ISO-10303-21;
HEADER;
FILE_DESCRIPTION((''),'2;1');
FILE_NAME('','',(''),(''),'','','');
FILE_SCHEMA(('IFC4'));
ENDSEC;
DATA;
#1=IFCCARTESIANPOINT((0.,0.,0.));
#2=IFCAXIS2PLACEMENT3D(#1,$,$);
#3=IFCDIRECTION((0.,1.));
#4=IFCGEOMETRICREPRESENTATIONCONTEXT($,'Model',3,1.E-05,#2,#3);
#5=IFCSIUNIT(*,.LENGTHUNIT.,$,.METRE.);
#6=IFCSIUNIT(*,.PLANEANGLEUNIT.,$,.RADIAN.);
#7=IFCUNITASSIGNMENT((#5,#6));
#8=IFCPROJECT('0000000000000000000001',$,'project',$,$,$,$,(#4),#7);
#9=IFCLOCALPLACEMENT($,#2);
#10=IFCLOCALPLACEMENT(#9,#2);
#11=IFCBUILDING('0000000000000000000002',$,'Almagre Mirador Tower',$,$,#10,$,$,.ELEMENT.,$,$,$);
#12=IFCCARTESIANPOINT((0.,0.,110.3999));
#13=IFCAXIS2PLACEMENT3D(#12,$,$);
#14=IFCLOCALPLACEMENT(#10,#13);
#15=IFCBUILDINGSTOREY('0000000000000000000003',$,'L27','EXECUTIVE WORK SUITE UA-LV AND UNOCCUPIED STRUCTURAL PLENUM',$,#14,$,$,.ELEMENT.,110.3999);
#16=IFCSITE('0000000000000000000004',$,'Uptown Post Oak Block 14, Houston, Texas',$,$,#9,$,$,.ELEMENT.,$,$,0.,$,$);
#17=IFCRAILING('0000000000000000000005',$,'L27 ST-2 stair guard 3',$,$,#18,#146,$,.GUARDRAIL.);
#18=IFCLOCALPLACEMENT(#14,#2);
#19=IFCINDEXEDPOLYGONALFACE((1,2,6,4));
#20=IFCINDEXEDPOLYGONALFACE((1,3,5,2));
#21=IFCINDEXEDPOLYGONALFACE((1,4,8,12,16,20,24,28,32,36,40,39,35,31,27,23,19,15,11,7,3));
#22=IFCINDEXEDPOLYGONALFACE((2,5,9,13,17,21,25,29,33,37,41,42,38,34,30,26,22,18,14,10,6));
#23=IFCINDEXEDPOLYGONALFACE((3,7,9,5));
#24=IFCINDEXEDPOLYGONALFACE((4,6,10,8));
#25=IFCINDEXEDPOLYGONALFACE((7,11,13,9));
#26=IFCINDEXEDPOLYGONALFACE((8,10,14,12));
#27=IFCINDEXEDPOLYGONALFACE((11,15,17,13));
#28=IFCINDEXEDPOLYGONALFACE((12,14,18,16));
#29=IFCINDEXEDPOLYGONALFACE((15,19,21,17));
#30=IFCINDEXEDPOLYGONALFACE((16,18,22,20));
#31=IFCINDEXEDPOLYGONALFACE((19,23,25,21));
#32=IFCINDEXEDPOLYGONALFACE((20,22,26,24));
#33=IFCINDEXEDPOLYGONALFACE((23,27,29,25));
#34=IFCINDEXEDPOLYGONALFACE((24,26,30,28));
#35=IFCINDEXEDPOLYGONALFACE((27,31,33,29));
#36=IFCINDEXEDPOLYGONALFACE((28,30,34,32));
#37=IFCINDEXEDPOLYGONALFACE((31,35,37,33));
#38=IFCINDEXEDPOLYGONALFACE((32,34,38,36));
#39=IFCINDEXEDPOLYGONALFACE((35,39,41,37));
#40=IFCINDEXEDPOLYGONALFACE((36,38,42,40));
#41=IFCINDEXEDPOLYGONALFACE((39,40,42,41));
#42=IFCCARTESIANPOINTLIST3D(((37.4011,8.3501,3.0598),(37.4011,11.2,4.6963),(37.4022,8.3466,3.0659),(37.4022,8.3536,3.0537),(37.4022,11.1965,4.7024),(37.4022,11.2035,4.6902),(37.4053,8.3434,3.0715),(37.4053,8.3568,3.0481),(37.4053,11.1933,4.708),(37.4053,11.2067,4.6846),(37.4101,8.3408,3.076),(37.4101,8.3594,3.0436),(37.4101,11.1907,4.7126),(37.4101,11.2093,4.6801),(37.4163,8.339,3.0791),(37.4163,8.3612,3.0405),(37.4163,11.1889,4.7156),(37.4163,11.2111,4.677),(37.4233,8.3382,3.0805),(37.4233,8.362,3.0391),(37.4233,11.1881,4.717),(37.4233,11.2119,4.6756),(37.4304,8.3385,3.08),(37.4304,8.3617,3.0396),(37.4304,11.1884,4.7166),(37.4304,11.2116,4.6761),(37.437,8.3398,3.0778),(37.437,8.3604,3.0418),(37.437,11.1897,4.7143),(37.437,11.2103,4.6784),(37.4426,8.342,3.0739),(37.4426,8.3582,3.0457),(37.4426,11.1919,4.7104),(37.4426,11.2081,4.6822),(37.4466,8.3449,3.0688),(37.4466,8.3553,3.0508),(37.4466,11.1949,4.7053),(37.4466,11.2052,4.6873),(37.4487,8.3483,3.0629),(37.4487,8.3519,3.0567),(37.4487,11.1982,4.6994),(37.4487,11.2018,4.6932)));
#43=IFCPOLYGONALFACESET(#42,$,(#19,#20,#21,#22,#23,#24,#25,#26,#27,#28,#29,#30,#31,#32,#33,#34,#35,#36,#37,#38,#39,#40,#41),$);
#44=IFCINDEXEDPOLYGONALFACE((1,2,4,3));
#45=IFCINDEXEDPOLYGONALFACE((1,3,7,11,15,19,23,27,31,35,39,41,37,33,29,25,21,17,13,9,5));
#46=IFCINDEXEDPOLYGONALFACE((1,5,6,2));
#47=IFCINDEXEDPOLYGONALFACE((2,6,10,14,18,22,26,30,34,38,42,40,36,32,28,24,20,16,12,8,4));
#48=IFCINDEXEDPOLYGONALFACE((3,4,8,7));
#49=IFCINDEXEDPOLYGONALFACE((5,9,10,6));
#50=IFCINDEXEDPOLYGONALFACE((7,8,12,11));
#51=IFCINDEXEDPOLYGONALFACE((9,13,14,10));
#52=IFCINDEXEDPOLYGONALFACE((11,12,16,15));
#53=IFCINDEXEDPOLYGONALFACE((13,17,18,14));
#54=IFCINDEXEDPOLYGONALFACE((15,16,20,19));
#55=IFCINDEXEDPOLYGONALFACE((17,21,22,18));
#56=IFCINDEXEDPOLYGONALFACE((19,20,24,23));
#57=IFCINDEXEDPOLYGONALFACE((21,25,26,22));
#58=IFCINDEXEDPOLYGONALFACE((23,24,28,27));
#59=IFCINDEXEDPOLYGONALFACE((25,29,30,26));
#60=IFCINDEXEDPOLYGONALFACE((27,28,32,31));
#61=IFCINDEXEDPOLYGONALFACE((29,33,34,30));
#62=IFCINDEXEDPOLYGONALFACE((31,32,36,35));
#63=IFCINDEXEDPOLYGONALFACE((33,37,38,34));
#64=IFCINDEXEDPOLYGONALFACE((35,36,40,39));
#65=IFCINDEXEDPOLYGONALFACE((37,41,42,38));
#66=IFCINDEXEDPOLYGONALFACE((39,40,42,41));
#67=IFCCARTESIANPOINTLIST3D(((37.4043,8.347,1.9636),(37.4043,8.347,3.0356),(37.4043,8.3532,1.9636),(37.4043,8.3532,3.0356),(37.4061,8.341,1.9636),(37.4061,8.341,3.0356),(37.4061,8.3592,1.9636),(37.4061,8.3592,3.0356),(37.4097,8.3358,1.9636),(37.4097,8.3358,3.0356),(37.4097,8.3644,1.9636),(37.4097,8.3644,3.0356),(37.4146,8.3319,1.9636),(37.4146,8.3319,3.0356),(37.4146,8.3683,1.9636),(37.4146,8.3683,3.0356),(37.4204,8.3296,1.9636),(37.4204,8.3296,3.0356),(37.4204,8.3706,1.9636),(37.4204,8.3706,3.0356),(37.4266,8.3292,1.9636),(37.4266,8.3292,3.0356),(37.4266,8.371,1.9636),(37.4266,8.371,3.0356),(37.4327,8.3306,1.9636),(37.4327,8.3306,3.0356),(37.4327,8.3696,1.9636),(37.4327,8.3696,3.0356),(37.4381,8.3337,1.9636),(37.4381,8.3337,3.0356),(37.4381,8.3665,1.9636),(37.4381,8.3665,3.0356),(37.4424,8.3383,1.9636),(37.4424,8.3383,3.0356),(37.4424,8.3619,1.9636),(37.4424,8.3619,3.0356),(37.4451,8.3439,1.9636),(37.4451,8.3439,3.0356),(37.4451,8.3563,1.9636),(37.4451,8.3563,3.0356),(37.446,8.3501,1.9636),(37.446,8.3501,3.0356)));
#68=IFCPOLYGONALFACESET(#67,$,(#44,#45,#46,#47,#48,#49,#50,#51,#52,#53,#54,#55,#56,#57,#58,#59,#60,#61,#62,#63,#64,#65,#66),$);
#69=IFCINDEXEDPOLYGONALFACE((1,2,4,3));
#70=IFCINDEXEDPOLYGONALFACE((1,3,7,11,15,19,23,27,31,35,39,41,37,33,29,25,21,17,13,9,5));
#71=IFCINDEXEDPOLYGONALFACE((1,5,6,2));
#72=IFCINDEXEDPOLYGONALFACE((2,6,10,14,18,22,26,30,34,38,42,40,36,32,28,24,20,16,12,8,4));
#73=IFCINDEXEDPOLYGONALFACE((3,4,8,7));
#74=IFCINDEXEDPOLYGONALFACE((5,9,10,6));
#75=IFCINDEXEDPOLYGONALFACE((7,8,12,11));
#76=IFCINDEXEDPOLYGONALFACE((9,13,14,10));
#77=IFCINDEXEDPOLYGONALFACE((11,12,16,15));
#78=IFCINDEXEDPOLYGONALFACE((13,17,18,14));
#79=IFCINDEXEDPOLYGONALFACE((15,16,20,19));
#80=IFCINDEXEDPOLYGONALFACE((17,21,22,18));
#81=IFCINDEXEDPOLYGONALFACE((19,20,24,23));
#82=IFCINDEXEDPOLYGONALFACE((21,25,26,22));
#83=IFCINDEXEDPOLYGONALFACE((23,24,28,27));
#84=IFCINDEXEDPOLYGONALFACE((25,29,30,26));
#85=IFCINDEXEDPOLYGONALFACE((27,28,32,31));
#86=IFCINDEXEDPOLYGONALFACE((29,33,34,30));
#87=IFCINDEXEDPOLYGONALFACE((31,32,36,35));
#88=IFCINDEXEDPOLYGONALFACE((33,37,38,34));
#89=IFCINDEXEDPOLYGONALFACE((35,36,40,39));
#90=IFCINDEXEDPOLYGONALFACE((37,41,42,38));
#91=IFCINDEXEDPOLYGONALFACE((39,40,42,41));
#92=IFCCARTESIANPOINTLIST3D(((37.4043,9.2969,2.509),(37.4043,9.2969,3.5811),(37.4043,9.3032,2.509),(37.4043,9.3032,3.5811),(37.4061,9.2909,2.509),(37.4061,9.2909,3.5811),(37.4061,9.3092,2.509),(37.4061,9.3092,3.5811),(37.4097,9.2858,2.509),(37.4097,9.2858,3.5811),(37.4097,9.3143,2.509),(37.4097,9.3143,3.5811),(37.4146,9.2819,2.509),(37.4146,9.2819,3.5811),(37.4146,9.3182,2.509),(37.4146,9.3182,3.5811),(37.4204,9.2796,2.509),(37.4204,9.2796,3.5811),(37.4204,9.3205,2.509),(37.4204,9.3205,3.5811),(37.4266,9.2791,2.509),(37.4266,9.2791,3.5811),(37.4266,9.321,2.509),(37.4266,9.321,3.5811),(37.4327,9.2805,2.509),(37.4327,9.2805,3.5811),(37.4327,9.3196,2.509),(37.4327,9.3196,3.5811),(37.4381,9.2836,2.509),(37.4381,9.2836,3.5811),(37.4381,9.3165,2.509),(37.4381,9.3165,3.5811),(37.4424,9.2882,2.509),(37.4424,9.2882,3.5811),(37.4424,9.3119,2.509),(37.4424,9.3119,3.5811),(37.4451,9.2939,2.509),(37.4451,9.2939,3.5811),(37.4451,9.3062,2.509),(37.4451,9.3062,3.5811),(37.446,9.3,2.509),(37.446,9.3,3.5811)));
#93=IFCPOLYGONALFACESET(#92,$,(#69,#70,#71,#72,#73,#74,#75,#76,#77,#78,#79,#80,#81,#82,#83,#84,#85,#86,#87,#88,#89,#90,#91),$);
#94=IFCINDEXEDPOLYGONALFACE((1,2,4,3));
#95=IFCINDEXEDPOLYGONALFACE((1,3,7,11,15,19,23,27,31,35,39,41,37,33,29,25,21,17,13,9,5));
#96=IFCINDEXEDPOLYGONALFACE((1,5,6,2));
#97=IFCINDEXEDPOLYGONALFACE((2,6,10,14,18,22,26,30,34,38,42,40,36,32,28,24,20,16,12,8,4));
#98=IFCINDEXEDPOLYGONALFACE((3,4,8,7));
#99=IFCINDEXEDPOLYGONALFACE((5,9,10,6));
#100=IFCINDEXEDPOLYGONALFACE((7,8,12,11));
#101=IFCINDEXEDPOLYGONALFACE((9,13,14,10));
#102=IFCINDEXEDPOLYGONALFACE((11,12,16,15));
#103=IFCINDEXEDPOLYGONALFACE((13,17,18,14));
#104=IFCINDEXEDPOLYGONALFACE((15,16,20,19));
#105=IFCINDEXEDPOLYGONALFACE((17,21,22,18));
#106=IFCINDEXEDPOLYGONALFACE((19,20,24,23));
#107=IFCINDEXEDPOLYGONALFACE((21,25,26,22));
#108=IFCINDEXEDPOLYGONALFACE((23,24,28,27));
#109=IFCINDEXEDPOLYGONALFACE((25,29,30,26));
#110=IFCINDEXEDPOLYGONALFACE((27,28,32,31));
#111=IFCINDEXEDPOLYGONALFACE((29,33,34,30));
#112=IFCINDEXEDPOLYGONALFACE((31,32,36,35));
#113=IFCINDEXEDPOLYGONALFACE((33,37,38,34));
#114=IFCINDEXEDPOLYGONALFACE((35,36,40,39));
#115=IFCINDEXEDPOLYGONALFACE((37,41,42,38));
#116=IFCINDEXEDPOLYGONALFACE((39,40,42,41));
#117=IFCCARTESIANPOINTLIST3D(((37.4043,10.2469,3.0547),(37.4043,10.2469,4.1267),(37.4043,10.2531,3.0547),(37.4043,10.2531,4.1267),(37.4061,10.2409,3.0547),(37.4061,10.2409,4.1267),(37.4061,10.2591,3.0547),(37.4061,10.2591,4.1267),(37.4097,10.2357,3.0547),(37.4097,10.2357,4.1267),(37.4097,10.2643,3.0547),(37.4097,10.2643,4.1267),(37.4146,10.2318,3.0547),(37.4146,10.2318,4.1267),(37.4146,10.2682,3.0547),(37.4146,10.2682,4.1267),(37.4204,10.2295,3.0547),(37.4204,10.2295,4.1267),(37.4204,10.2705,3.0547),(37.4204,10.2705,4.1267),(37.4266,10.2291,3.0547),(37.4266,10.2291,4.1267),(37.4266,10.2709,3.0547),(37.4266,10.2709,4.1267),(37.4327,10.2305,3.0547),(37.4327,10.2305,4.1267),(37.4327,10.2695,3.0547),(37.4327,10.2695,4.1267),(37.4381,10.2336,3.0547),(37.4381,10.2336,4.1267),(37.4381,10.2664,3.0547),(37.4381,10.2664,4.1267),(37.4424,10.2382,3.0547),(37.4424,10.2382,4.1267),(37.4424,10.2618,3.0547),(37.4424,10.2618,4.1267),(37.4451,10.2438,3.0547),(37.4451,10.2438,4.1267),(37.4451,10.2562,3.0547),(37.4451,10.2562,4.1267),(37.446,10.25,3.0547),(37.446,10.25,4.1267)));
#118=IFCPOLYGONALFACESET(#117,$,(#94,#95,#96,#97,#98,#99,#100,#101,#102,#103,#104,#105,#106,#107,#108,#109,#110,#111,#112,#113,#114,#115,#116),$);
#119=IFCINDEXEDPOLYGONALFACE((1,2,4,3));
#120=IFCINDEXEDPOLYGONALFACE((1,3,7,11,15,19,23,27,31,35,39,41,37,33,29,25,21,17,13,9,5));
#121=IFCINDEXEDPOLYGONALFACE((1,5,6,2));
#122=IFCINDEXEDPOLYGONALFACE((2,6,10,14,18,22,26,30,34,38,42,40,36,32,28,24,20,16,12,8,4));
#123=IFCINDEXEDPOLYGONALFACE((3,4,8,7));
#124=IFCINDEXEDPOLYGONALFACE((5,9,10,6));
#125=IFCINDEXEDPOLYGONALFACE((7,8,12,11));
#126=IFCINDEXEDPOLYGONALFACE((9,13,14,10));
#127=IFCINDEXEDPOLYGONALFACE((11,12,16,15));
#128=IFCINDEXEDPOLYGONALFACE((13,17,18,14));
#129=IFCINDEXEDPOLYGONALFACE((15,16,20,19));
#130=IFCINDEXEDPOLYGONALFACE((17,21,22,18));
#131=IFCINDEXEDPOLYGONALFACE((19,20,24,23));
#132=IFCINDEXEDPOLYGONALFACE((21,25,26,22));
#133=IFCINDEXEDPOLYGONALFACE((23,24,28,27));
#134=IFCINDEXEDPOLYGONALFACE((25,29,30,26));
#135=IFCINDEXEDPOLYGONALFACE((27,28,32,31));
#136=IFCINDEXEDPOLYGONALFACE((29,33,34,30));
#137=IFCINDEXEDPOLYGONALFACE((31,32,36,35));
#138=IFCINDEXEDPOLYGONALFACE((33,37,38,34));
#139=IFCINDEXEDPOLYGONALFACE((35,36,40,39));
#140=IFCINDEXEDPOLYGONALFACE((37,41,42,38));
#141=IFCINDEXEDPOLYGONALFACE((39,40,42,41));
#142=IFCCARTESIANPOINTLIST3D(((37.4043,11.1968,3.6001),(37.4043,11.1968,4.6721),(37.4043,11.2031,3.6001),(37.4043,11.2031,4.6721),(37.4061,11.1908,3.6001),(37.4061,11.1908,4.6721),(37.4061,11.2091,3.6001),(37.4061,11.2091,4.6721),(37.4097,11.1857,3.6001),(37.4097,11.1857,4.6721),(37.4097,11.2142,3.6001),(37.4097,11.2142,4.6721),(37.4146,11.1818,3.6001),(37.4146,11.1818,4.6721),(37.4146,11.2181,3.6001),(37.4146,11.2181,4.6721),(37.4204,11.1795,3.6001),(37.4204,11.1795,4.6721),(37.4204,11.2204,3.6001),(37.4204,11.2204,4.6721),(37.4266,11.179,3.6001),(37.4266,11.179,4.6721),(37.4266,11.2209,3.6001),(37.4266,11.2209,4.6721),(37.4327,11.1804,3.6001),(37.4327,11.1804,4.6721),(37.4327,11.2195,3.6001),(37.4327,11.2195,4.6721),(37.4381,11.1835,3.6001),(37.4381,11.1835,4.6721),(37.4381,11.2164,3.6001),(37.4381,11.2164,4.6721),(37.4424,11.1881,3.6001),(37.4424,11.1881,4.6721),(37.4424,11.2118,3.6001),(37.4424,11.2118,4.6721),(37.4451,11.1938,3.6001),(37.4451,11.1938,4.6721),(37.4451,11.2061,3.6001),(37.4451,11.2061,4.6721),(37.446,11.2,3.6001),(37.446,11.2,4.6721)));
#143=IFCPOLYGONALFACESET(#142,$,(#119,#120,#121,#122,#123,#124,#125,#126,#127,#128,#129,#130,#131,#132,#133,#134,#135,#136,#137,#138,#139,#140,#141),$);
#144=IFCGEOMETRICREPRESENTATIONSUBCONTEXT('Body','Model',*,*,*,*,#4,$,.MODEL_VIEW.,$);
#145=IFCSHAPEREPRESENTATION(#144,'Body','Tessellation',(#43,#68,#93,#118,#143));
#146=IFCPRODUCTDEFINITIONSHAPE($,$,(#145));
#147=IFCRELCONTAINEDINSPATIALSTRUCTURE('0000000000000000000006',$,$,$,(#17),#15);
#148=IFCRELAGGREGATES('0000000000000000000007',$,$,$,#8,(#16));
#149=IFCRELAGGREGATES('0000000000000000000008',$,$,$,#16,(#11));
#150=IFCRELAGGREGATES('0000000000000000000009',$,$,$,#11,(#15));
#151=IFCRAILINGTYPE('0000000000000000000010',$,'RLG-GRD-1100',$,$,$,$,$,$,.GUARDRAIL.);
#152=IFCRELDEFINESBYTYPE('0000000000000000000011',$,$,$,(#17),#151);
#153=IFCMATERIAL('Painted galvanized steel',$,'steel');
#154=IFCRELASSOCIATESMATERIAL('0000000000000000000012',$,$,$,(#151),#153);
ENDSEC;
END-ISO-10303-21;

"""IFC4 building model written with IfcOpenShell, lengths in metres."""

from ifc_helpers import new_model, si_unit, direction, frame, origin, origin_2d, place, context, subcontext, project, spatial, circle, extrude, material, type_object, element, save


model = new_model("IFC4")

# Units and contexts
model_context = context("Model", 3, precision=1e-05, world=origin(), true_north=direction((0.0, 1.0)))
body_context = subcontext(model_context, "Body", "Model", "MODEL_VIEW")
ifc_project = project(units=[si_unit("LENGTHUNIT", "METRE"), si_unit("PLANEANGLEUNIT", "RADIAN")], contexts=[model_context])

# Site, building, storey
site_placement = place(None, origin())
site = spatial("IfcSite", under=ifc_project, at=site_placement, Name="Uptown Post Oak Block 14, Houston, Texas", CompositionType="ELEMENT", RefElevation=0.0)
building_placement = place(site_placement, origin())
building = spatial("IfcBuilding", under=site, at=building_placement, Name="Almagre Mirador Tower", CompositionType="ELEMENT")
storey_placement = place(building_placement, frame((0.0, 0.0, 110.3999)))
storey = spatial("IfcBuildingStorey", under=building, at=storey_placement, Name="L27", Description="EXECUTIVE WORK SUITE UA-LV AND UNOCCUPIED STRUCTURAL PLENUM", CompositionType="ELEMENT", Elevation=110.3999)

# Railing
ifc_material_1 = material(Name="Painted galvanized steel", Category="steel")
railing_type_1 = type_object("IfcRailingType", Name="RLG-GRD-1100", PredefinedType="GUARDRAIL", material=ifc_material_1)
railing_1_placement = place(storey_placement, frame((37.425, 8.3501, 1.9636)))
element("IfcRailing", 1, at=railing_1_placement, inside=storey, type_object=railing_type_1, Name="L27 ST-2 stair guard 3", PredefinedType="GUARDRAIL", context=body_context, shape_type="SweptSolid", body=[
    extrude(circle(Radius=0.0239, at=origin_2d()), frame((0.0, 0.0, 1.0962), z_axis=(0.0, 0.867194, 0.49797), x_axis=(-1.0, 0.0, 0.0)), (0.0, 0.0, 1.0), 3.2864),
    extrude(circle(Radius=0.021, at=origin_2d()), origin(), (0.0, 0.0, 1.0), 1.072),
    extrude(circle(Radius=0.021, at=origin_2d()), frame((0.0, 0.95, 0.5454)), (0.0, 0.0, 1.0), 1.072),
    extrude(circle(Radius=0.021, at=origin_2d()), frame((0.0, 1.8999, 1.0911)), (0.0, 0.0, 1.0), 1.072),
    extrude(circle(Radius=0.021, at=origin_2d()), frame((0.0, 2.8499, 1.6365)), (0.0, 0.0, 1.0), 1.072),
])

save(model, "model.ifc")
